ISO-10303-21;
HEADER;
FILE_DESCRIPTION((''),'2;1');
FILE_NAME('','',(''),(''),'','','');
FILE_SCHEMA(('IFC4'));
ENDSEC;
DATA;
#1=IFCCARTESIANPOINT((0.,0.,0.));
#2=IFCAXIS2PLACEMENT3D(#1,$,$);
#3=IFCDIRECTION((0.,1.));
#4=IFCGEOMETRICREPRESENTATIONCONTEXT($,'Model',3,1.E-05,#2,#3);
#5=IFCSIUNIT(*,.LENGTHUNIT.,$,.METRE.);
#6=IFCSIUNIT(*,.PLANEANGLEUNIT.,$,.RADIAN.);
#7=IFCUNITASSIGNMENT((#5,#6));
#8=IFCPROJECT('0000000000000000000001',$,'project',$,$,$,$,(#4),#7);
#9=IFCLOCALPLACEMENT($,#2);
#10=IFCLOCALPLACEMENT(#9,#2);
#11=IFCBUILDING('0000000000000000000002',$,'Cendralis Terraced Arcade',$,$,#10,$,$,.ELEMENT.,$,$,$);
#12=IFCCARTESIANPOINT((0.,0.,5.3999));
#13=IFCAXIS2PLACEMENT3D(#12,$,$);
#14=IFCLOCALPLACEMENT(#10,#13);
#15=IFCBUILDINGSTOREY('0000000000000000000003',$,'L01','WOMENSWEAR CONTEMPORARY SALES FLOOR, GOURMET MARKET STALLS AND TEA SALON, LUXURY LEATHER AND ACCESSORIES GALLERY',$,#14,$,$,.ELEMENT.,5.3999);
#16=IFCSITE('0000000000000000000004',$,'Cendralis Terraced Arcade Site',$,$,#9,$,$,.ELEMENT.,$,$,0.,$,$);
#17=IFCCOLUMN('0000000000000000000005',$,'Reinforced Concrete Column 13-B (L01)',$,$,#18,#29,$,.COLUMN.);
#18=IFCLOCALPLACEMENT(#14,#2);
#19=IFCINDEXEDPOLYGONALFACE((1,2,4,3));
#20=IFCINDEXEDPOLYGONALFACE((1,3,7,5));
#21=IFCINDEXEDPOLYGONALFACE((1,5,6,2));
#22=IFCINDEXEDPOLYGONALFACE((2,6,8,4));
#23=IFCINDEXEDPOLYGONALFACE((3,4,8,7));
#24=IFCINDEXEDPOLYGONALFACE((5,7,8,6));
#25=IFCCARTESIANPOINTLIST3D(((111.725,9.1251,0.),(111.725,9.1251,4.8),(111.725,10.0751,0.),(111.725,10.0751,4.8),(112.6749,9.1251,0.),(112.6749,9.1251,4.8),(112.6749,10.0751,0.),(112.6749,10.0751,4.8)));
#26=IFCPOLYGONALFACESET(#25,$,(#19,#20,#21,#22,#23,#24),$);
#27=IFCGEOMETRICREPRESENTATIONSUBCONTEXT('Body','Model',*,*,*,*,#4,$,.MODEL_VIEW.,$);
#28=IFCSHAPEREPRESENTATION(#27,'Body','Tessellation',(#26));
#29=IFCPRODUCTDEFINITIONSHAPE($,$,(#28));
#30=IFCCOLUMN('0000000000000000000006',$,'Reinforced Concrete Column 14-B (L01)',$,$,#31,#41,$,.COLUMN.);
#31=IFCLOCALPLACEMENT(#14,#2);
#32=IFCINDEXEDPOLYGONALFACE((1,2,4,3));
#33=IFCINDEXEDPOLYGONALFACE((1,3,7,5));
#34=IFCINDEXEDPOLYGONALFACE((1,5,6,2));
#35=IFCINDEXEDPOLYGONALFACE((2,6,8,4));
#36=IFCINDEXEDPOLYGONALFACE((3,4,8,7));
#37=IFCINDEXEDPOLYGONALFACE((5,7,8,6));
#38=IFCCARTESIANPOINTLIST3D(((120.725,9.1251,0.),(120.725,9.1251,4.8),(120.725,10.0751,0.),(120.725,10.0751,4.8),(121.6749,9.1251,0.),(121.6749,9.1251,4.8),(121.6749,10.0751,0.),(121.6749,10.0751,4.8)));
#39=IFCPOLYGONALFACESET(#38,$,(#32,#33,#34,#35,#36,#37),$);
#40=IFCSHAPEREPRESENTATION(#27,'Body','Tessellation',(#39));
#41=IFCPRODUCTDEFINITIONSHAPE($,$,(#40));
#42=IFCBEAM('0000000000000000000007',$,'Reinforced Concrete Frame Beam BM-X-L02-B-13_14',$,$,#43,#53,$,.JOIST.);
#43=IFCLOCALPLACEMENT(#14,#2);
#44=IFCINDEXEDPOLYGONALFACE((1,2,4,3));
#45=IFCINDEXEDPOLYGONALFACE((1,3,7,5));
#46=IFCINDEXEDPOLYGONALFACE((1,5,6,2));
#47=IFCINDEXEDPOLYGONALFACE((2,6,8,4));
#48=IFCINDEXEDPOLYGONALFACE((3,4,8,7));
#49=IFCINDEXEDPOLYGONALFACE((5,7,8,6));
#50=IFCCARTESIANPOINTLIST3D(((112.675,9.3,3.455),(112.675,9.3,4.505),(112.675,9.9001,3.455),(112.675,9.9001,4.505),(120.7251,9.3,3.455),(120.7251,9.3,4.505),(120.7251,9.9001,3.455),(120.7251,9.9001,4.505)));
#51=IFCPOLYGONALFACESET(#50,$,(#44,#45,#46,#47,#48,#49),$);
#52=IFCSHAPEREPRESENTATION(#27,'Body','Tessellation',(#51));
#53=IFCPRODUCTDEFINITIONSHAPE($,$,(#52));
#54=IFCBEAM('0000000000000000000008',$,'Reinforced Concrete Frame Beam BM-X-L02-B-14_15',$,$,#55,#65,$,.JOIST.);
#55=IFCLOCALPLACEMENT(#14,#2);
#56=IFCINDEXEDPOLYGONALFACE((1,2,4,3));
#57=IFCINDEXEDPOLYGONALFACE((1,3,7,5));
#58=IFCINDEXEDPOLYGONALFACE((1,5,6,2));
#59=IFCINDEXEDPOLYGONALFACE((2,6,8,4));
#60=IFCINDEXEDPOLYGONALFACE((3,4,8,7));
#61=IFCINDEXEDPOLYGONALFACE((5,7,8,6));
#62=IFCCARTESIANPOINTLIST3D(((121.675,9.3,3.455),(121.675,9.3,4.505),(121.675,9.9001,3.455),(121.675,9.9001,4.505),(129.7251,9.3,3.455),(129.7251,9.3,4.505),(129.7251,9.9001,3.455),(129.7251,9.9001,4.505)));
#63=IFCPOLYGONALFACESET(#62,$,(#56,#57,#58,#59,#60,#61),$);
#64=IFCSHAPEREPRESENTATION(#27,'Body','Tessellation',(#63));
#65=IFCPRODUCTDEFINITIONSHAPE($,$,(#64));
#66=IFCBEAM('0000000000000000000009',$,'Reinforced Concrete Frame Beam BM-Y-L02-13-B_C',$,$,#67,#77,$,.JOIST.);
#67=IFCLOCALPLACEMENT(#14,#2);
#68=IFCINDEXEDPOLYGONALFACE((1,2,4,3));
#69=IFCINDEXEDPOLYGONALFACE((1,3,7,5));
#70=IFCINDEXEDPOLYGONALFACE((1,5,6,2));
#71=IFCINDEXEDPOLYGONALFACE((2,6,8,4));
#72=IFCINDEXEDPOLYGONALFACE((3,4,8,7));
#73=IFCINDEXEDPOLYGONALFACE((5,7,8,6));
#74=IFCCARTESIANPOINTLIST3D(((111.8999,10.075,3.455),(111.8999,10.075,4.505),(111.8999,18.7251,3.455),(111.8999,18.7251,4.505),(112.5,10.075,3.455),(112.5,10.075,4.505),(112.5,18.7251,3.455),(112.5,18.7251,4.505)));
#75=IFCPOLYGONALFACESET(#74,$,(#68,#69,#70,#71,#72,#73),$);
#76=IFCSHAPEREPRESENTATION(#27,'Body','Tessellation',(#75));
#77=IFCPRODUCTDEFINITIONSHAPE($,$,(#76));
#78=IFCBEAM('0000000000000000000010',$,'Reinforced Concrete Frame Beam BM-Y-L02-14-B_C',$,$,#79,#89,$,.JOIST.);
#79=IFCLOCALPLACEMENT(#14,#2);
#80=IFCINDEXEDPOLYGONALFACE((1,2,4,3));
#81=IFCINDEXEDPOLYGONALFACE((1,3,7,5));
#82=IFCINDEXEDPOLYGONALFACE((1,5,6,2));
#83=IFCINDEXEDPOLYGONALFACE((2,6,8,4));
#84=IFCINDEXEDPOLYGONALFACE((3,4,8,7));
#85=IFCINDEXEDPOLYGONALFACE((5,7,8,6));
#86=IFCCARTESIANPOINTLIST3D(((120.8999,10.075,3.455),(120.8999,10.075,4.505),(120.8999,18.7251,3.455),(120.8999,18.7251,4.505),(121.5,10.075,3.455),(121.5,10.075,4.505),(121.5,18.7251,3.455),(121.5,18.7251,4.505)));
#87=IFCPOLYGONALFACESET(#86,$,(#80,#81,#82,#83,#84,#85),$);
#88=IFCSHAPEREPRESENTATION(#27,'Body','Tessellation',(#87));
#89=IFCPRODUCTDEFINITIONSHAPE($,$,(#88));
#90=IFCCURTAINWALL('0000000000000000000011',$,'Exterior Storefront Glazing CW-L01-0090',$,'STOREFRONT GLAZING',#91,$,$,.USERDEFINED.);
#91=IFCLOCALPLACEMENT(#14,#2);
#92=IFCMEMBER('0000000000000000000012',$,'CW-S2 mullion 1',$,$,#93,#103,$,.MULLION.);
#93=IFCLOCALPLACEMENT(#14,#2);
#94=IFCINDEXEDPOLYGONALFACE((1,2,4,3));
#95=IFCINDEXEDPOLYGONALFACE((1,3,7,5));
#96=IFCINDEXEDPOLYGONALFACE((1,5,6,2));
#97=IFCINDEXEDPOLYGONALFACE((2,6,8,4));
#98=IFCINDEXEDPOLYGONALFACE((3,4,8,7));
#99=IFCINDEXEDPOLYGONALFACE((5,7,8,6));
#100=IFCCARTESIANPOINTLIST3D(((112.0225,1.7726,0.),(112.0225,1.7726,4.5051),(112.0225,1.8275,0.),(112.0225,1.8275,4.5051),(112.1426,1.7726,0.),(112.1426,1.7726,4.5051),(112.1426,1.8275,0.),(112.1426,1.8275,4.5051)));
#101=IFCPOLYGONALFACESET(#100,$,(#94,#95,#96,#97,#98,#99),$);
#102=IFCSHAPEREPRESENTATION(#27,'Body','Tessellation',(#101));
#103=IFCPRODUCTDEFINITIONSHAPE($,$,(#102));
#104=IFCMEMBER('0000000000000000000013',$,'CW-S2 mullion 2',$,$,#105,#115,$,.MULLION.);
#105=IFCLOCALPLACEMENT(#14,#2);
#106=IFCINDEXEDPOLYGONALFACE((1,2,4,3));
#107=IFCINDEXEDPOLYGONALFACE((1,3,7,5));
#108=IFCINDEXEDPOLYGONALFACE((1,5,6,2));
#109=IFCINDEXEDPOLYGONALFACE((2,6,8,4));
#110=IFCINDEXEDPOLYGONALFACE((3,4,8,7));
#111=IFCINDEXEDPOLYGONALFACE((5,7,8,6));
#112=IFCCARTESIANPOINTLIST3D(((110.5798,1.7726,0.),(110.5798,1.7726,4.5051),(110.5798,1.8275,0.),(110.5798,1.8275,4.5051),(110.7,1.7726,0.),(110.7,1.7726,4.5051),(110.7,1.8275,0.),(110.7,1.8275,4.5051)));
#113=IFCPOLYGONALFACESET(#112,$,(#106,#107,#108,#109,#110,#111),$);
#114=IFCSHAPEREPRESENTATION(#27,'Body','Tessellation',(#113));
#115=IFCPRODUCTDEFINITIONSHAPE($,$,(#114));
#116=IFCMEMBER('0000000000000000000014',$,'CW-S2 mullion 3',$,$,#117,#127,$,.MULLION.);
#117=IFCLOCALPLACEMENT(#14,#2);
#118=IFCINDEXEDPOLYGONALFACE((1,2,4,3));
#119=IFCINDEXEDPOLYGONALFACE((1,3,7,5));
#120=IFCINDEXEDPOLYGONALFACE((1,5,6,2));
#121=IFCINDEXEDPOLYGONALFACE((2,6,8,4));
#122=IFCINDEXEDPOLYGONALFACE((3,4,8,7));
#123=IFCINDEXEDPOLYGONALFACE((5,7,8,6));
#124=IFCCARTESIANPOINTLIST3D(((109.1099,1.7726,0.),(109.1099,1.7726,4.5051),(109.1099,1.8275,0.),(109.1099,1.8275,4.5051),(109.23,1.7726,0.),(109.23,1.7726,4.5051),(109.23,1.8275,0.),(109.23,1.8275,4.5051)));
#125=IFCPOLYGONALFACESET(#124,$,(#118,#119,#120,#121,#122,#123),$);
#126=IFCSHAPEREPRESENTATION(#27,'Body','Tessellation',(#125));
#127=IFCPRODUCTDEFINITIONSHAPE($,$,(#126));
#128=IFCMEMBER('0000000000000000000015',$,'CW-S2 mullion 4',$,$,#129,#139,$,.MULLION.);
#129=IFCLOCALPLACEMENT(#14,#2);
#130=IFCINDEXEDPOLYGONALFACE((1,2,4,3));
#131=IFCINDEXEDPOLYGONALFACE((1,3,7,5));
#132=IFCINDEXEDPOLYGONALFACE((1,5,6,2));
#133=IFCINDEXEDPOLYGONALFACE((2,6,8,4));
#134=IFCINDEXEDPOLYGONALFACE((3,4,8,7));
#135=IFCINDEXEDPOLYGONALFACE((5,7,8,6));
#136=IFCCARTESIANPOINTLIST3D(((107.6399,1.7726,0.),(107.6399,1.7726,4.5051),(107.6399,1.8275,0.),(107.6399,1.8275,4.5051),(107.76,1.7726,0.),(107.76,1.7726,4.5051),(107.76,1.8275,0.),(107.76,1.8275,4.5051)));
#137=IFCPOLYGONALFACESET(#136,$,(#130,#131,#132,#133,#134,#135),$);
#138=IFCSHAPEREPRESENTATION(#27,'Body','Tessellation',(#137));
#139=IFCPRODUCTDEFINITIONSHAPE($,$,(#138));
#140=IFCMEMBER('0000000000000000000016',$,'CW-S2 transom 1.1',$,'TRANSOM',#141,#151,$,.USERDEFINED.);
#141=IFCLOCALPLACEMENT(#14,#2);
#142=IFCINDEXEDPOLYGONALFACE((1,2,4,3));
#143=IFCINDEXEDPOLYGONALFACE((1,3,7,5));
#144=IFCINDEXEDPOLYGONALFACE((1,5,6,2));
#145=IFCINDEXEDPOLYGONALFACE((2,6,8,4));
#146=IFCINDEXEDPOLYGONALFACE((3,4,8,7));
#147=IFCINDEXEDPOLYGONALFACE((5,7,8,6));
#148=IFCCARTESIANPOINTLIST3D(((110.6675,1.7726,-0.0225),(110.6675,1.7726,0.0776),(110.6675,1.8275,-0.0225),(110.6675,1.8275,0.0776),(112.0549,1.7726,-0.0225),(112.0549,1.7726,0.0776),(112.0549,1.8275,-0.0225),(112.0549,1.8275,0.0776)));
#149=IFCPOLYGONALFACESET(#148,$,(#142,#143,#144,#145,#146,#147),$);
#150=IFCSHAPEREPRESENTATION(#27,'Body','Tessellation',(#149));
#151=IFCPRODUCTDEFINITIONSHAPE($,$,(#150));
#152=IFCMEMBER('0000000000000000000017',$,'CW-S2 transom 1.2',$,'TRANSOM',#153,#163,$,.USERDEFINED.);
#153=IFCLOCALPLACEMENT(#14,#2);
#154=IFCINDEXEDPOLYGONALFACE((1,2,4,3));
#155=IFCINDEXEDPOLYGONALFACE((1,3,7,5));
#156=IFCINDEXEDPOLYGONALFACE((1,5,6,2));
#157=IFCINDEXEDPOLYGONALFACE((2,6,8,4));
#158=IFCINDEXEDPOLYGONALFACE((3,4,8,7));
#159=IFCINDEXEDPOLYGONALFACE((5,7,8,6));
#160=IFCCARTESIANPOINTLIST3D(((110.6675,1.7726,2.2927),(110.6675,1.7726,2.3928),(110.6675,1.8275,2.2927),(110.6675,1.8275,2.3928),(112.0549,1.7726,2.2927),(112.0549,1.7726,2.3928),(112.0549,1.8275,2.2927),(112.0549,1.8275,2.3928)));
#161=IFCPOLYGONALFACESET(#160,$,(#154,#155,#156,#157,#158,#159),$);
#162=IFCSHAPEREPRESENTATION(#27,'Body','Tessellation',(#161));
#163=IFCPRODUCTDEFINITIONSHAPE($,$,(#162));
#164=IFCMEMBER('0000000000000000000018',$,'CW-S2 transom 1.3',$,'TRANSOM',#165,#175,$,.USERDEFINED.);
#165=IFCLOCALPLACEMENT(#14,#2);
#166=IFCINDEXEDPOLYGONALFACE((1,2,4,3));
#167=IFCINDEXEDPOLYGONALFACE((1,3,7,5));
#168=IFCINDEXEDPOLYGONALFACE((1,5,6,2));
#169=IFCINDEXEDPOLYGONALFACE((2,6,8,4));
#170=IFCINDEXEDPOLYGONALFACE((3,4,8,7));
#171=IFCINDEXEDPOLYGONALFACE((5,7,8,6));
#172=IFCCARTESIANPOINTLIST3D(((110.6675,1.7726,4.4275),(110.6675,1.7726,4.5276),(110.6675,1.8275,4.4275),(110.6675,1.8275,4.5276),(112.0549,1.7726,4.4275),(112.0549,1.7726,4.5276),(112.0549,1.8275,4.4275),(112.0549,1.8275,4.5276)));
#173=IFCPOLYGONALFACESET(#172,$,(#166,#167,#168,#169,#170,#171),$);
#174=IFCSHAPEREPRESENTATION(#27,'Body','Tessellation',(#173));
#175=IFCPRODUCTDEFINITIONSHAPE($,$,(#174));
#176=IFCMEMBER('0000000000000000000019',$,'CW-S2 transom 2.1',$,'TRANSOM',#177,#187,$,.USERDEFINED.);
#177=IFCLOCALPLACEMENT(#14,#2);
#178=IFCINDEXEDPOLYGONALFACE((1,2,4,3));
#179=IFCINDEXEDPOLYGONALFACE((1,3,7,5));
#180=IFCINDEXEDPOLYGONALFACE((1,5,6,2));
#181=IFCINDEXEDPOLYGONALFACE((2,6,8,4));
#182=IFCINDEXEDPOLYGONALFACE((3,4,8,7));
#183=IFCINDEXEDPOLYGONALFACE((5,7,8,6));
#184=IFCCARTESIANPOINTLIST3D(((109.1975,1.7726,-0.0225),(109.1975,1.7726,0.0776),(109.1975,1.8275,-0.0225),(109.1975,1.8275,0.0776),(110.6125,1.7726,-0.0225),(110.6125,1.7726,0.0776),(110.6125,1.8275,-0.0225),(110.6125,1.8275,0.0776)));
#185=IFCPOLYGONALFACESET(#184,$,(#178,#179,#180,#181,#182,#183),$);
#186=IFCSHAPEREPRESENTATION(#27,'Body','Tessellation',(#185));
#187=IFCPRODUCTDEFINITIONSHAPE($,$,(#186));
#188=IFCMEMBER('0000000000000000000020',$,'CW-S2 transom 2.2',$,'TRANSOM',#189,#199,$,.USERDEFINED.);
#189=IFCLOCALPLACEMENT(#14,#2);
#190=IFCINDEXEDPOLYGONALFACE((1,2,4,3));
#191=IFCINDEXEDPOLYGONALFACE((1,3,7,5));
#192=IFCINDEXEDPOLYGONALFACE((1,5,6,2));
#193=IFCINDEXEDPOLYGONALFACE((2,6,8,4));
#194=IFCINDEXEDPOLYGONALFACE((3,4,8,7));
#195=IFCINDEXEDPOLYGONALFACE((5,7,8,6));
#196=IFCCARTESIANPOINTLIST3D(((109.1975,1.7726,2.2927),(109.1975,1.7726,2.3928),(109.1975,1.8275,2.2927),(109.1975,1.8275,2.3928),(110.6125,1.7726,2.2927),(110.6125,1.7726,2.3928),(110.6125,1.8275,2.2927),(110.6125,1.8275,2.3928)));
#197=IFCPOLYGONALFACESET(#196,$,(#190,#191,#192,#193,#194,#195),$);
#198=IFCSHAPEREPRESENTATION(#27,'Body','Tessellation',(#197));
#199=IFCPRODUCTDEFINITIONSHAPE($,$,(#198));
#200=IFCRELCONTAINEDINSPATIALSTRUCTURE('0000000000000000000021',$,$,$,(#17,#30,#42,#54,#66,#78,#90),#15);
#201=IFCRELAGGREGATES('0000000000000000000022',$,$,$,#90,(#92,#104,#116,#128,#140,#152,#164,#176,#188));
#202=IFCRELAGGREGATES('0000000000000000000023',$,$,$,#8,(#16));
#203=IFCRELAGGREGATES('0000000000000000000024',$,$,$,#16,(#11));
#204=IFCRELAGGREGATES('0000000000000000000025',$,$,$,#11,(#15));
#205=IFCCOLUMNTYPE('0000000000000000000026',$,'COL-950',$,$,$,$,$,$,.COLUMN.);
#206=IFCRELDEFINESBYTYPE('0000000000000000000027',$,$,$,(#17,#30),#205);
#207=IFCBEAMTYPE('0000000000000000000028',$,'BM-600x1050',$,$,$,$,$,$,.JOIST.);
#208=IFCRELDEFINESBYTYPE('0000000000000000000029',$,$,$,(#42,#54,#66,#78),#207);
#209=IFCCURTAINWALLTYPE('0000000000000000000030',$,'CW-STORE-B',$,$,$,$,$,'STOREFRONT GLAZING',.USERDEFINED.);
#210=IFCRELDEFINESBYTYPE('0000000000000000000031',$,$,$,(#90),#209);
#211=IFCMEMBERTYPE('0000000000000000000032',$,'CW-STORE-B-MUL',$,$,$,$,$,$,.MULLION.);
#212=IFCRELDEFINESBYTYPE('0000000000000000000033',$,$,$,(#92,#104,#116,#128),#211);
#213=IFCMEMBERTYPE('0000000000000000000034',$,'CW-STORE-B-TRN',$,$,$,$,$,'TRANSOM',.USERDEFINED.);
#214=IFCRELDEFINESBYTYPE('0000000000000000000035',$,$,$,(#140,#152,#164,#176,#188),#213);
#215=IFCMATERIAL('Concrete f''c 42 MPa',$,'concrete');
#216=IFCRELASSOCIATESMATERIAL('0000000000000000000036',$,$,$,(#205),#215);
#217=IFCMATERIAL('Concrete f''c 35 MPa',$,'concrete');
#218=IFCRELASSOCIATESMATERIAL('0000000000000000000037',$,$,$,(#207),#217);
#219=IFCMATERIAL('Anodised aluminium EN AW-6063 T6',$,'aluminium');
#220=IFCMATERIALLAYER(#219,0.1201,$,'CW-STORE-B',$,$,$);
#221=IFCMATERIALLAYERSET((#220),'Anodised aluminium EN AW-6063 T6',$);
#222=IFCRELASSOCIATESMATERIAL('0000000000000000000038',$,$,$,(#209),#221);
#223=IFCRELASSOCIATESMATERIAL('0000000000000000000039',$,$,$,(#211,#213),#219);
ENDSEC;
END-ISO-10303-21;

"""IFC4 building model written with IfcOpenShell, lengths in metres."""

from ifc_helpers import new_model, si_unit, direction, frame, origin, origin_2d, place, context, subcontext, project, spatial, rectangle, extrude, material, layer, layer_set, material_profile, profile_set, type_object, element, aggregate, save


model = new_model("IFC4")

# Units and contexts
model_context = context("Model", 3, precision=1e-05, world=origin(), true_north=direction((0.0, 1.0)))
body_context = subcontext(model_context, "Body", "Model", "MODEL_VIEW")
ifc_project = project(units=[si_unit("LENGTHUNIT", "METRE"), si_unit("PLANEANGLEUNIT", "RADIAN")], contexts=[model_context])

# Site, building, storey
site_placement = place(None, origin())
site = spatial("IfcSite", under=ifc_project, at=site_placement, Name="Cendralis Terraced Arcade Site", CompositionType="ELEMENT", RefElevation=0.0)
building_placement = place(site_placement, origin())
building = spatial("IfcBuilding", under=site, at=building_placement, Name="Cendralis Terraced Arcade", CompositionType="ELEMENT")
storey_placement = place(building_placement, frame((0.0, 0.0, 5.3999)))
storey = spatial("IfcBuildingStorey", under=building, at=storey_placement, Name="L01", Description="WOMENSWEAR CONTEMPORARY SALES FLOOR, GOURMET MARKET STALLS AND TEA SALON, LUXURY LEATHER AND ACCESSORIES GALLERY", CompositionType="ELEMENT", Elevation=5.3999)

# Columns
ifc_material_1 = material(Name="Concrete f'c 42 MPa", Category="concrete")
ifc_material_profile_1 = material_profile(ifc_material_1, rectangle(XDim=0.95, YDim=0.95, at=origin_2d()), Name="RC-COL-950x950", Category="LoadBearing")
ifc_profile_set_1 = profile_set([ifc_material_profile_1], Name="Concrete f'c 42 MPa")
column_type = type_object("IfcColumnType", Name="COL-950", PredefinedType="COLUMN", material=ifc_profile_set_1)
for number, where, z_axis, x_axis, name in (
    (1, (112.2, 9.6001, 0.0), (0.0, 0.0, 1.0), (1.0, 0.0, 0.0), "Reinforced Concrete Column 13-B (L01)"),
    (2, (121.2, 9.6001, 0.0), (0.0, 0.0, 1.0), (1.0, 0.0, 0.0), "Reinforced Concrete Column 14-B (L01)"),
):
    element("IfcColumn", number, at=place(storey_placement, frame(where, z_axis=z_axis, x_axis=x_axis)), inside=storey, type_object=column_type, Name=name, PredefinedType="COLUMN", context=body_context, shape_type="SweptSolid", body=[
        extrude(rectangle(XDim=0.95, YDim=0.95, at=origin_2d()), origin(), (0.0, 0.0, 1.0), 4.8),
    ])

# Beams
ifc_material_2 = material(Name="Concrete f'c 35 MPa", Category="concrete")
ifc_material_profile_2 = material_profile(ifc_material_2, rectangle(XDim=0.6001, YDim=1.05, at=origin_2d()), Name="RC-BM-600x1050", Category="LoadBearing")
ifc_profile_set_2 = profile_set([ifc_material_profile_2], Name="Concrete f'c 35 MPa")
beam_type = type_object("IfcBeamType", Name="BM-600x1050", PredefinedType="JOIST", material=ifc_profile_set_2)
for number, where, z_axis, x_axis, name in (
    (3, (112.675, 9.6001, 3.98), (1.0, 0.0, 0.0), (0.0, 1.0, 0.0), "Reinforced Concrete Frame Beam BM-X-L02-B-13_14"),
    (4, (121.675, 9.6001, 3.98), (1.0, 0.0, 0.0), (0.0, 1.0, 0.0), "Reinforced Concrete Frame Beam BM-X-L02-B-14_15"),
):
    element("IfcBeam", number, at=place(storey_placement, frame(where, z_axis=z_axis, x_axis=x_axis)), inside=storey, type_object=beam_type, Name=name, PredefinedType="JOIST", context=body_context, shape_type="SweptSolid", body=[
        extrude(rectangle(XDim=0.6001, YDim=1.05, at=origin_2d()), origin(), (0.0, 0.0, 1.0), 8.05),
    ])
for number, where, z_axis, x_axis, name in (
    (5, (112.2, 10.075, 3.98), (0.0, 1.0, 0.0), (-1.0, 0.0, 0.0), "Reinforced Concrete Frame Beam BM-Y-L02-13-B_C"),
    (6, (121.2, 10.075, 3.98), (0.0, 1.0, 0.0), (-1.0, 0.0, 0.0), "Reinforced Concrete Frame Beam BM-Y-L02-14-B_C"),
):
    element("IfcBeam", number, at=place(storey_placement, frame(where, z_axis=z_axis, x_axis=x_axis)), inside=storey, type_object=beam_type, Name=name, PredefinedType="JOIST", context=body_context, shape_type="SweptSolid", body=[
        extrude(rectangle(XDim=0.6001, YDim=1.05, at=origin_2d()), origin(), (0.0, 0.0, 1.0), 8.6501),
    ])

# Curtain wall, members
ifc_material_3 = material(Name="Anodised aluminium EN AW-6063 T6", Category="aluminium")
ifc_layer_1 = layer(ifc_material_3, 0.1201, Name="CW-STORE-B")
ifc_layer_set_1 = layer_set([ifc_layer_1], Name="Anodised aluminium EN AW-6063 T6")
curtain_wall_type_1 = type_object("IfcCurtainWallType", Name="CW-STORE-B", ElementType="STOREFRONT GLAZING", PredefinedType="USERDEFINED", material=ifc_layer_set_1)
curtain_wall_1_placement = place(storey_placement, origin())
curtain_wall_1 = element("IfcCurtainWall", 7, at=curtain_wall_1_placement, inside=storey, type_object=curtain_wall_type_1, Name="Exterior Storefront Glazing CW-L01-0090", ObjectType="STOREFRONT GLAZING", PredefinedType="USERDEFINED")
ifc_material_profile_3 = material_profile(ifc_material_3, rectangle(XDim=0.0549, YDim=0.1201, at=origin_2d()), Name="ALU-MUL-55x120")
ifc_profile_set_3 = profile_set([ifc_material_profile_3], Name="Anodised aluminium EN AW-6063 T6")
member_type_1 = type_object("IfcMemberType", Name="CW-STORE-B-MUL", PredefinedType="MULLION", material=ifc_profile_set_3)
member_1_placement = place(storey_placement, frame((112.0825, 1.8, 0.0), z_axis=(0.0, 0.0, 1.0), x_axis=(0.0, -1.0, 0.0)))
member_1 = element("IfcMember", 8, at=member_1_placement, type_object=member_type_1, Name="CW-S2 mullion 1", PredefinedType="MULLION", context=body_context, shape_type="SweptSolid", body=[
    extrude(rectangle(XDim=0.0549, YDim=0.1201, at=origin_2d()), origin(), (0.0, 0.0, 1.0), 4.5051),
])
member_2_placement = place(storey_placement, frame((110.6399, 1.8, 0.0), z_axis=(0.0, 0.0, 1.0), x_axis=(0.0, -1.0, 0.0)))
member_2 = element("IfcMember", 9, at=member_2_placement, type_object=member_type_1, Name="CW-S2 mullion 2", PredefinedType="MULLION", context=body_context, shape_type="SweptSolid", body=[
    extrude(rectangle(XDim=0.0549, YDim=0.1201, at=origin_2d()), origin(), (0.0, 0.0, 1.0), 4.5051),
])
member_3_placement = place(storey_placement, frame((109.1699, 1.8, 0.0), z_axis=(0.0, 0.0, 1.0), x_axis=(0.0, -1.0, 0.0)))
member_3 = element("IfcMember", 10, at=member_3_placement, type_object=member_type_1, Name="CW-S2 mullion 3", PredefinedType="MULLION", context=body_context, shape_type="SweptSolid", body=[
    extrude(rectangle(XDim=0.0549, YDim=0.1201, at=origin_2d()), origin(), (0.0, 0.0, 1.0), 4.5051),
])
member_4_placement = place(storey_placement, frame((107.7, 1.8, 0.0), z_axis=(0.0, 0.0, 1.0), x_axis=(0.0, -1.0, 0.0)))
member_4 = element("IfcMember", 11, at=member_4_placement, type_object=member_type_1, Name="CW-S2 mullion 4", PredefinedType="MULLION", context=body_context, shape_type="SweptSolid", body=[
    extrude(rectangle(XDim=0.0549, YDim=0.1201, at=origin_2d()), origin(), (0.0, 0.0, 1.0), 4.5051),
])
ifc_material_profile_4 = material_profile(ifc_material_3, rectangle(XDim=0.0549, YDim=0.1001, at=origin_2d()), Name="ALU-TRN-55x100")
ifc_profile_set_4 = profile_set([ifc_material_profile_4], Name="Anodised aluminium EN AW-6063 T6")
member_type_2 = type_object("IfcMemberType", Name="CW-STORE-B-TRN", ElementType="TRANSOM", PredefinedType="USERDEFINED", material=ifc_profile_set_4)
member_5_placement = place(storey_placement, frame((112.0549, 1.8, 0.0276), z_axis=(-1.0, 0.0, 0.0), x_axis=(0.0, -1.0, 0.0)))
member_5 = element("IfcMember", 12, at=member_5_placement, type_object=member_type_2, Name="CW-S2 transom 1.1", ObjectType="TRANSOM", PredefinedType="USERDEFINED", context=body_context, shape_type="SweptSolid", body=[
    extrude(rectangle(XDim=0.0549, YDim=0.1001, at=origin_2d()), origin(), (0.0, 0.0, 1.0), 1.3875),
])
member_6_placement = place(storey_placement, frame((112.0549, 1.8, 2.3428), z_axis=(-1.0, 0.0, 0.0), x_axis=(0.0, -1.0, 0.0)))
member_6 = element("IfcMember", 13, at=member_6_placement, type_object=member_type_2, Name="CW-S2 transom 1.2", ObjectType="TRANSOM", PredefinedType="USERDEFINED", context=body_context, shape_type="SweptSolid", body=[
    extrude(rectangle(XDim=0.0549, YDim=0.1001, at=origin_2d()), origin(), (0.0, 0.0, 1.0), 1.3875),
])
member_7_placement = place(storey_placement, frame((112.0549, 1.8, 4.4775), z_axis=(-1.0, 0.0, 0.0), x_axis=(0.0, -1.0, 0.0)))
member_7 = element("IfcMember", 14, at=member_7_placement, type_object=member_type_2, Name="CW-S2 transom 1.3", ObjectType="TRANSOM", PredefinedType="USERDEFINED", context=body_context, shape_type="SweptSolid", body=[
    extrude(rectangle(XDim=0.0549, YDim=0.1001, at=origin_2d()), origin(), (0.0, 0.0, 1.0), 1.3875),
])
member_8_placement = place(storey_placement, frame((110.6125, 1.8, 0.0276), z_axis=(-1.0, 0.0, 0.0), x_axis=(0.0, -1.0, 0.0)))
member_8 = element("IfcMember", 15, at=member_8_placement, type_object=member_type_2, Name="CW-S2 transom 2.1", ObjectType="TRANSOM", PredefinedType="USERDEFINED", context=body_context, shape_type="SweptSolid", body=[
    extrude(rectangle(XDim=0.0549, YDim=0.1001, at=origin_2d()), origin(), (0.0, 0.0, 1.0), 1.415),
])
member_9_placement = place(storey_placement, frame((110.6125, 1.8, 2.3428), z_axis=(-1.0, 0.0, 0.0), x_axis=(0.0, -1.0, 0.0)))
member_9 = element("IfcMember", 16, at=member_9_placement, type_object=member_type_2, Name="CW-S2 transom 2.2", ObjectType="TRANSOM", PredefinedType="USERDEFINED", context=body_context, shape_type="SweptSolid", body=[
    extrude(rectangle(XDim=0.0549, YDim=0.1001, at=origin_2d()), origin(), (0.0, 0.0, 1.0), 1.415),
])

aggregate(curtain_wall_1, [member_1, member_2, member_3, member_4, member_5, member_6, member_7, member_8, member_9])

save(model, "model.ifc")
